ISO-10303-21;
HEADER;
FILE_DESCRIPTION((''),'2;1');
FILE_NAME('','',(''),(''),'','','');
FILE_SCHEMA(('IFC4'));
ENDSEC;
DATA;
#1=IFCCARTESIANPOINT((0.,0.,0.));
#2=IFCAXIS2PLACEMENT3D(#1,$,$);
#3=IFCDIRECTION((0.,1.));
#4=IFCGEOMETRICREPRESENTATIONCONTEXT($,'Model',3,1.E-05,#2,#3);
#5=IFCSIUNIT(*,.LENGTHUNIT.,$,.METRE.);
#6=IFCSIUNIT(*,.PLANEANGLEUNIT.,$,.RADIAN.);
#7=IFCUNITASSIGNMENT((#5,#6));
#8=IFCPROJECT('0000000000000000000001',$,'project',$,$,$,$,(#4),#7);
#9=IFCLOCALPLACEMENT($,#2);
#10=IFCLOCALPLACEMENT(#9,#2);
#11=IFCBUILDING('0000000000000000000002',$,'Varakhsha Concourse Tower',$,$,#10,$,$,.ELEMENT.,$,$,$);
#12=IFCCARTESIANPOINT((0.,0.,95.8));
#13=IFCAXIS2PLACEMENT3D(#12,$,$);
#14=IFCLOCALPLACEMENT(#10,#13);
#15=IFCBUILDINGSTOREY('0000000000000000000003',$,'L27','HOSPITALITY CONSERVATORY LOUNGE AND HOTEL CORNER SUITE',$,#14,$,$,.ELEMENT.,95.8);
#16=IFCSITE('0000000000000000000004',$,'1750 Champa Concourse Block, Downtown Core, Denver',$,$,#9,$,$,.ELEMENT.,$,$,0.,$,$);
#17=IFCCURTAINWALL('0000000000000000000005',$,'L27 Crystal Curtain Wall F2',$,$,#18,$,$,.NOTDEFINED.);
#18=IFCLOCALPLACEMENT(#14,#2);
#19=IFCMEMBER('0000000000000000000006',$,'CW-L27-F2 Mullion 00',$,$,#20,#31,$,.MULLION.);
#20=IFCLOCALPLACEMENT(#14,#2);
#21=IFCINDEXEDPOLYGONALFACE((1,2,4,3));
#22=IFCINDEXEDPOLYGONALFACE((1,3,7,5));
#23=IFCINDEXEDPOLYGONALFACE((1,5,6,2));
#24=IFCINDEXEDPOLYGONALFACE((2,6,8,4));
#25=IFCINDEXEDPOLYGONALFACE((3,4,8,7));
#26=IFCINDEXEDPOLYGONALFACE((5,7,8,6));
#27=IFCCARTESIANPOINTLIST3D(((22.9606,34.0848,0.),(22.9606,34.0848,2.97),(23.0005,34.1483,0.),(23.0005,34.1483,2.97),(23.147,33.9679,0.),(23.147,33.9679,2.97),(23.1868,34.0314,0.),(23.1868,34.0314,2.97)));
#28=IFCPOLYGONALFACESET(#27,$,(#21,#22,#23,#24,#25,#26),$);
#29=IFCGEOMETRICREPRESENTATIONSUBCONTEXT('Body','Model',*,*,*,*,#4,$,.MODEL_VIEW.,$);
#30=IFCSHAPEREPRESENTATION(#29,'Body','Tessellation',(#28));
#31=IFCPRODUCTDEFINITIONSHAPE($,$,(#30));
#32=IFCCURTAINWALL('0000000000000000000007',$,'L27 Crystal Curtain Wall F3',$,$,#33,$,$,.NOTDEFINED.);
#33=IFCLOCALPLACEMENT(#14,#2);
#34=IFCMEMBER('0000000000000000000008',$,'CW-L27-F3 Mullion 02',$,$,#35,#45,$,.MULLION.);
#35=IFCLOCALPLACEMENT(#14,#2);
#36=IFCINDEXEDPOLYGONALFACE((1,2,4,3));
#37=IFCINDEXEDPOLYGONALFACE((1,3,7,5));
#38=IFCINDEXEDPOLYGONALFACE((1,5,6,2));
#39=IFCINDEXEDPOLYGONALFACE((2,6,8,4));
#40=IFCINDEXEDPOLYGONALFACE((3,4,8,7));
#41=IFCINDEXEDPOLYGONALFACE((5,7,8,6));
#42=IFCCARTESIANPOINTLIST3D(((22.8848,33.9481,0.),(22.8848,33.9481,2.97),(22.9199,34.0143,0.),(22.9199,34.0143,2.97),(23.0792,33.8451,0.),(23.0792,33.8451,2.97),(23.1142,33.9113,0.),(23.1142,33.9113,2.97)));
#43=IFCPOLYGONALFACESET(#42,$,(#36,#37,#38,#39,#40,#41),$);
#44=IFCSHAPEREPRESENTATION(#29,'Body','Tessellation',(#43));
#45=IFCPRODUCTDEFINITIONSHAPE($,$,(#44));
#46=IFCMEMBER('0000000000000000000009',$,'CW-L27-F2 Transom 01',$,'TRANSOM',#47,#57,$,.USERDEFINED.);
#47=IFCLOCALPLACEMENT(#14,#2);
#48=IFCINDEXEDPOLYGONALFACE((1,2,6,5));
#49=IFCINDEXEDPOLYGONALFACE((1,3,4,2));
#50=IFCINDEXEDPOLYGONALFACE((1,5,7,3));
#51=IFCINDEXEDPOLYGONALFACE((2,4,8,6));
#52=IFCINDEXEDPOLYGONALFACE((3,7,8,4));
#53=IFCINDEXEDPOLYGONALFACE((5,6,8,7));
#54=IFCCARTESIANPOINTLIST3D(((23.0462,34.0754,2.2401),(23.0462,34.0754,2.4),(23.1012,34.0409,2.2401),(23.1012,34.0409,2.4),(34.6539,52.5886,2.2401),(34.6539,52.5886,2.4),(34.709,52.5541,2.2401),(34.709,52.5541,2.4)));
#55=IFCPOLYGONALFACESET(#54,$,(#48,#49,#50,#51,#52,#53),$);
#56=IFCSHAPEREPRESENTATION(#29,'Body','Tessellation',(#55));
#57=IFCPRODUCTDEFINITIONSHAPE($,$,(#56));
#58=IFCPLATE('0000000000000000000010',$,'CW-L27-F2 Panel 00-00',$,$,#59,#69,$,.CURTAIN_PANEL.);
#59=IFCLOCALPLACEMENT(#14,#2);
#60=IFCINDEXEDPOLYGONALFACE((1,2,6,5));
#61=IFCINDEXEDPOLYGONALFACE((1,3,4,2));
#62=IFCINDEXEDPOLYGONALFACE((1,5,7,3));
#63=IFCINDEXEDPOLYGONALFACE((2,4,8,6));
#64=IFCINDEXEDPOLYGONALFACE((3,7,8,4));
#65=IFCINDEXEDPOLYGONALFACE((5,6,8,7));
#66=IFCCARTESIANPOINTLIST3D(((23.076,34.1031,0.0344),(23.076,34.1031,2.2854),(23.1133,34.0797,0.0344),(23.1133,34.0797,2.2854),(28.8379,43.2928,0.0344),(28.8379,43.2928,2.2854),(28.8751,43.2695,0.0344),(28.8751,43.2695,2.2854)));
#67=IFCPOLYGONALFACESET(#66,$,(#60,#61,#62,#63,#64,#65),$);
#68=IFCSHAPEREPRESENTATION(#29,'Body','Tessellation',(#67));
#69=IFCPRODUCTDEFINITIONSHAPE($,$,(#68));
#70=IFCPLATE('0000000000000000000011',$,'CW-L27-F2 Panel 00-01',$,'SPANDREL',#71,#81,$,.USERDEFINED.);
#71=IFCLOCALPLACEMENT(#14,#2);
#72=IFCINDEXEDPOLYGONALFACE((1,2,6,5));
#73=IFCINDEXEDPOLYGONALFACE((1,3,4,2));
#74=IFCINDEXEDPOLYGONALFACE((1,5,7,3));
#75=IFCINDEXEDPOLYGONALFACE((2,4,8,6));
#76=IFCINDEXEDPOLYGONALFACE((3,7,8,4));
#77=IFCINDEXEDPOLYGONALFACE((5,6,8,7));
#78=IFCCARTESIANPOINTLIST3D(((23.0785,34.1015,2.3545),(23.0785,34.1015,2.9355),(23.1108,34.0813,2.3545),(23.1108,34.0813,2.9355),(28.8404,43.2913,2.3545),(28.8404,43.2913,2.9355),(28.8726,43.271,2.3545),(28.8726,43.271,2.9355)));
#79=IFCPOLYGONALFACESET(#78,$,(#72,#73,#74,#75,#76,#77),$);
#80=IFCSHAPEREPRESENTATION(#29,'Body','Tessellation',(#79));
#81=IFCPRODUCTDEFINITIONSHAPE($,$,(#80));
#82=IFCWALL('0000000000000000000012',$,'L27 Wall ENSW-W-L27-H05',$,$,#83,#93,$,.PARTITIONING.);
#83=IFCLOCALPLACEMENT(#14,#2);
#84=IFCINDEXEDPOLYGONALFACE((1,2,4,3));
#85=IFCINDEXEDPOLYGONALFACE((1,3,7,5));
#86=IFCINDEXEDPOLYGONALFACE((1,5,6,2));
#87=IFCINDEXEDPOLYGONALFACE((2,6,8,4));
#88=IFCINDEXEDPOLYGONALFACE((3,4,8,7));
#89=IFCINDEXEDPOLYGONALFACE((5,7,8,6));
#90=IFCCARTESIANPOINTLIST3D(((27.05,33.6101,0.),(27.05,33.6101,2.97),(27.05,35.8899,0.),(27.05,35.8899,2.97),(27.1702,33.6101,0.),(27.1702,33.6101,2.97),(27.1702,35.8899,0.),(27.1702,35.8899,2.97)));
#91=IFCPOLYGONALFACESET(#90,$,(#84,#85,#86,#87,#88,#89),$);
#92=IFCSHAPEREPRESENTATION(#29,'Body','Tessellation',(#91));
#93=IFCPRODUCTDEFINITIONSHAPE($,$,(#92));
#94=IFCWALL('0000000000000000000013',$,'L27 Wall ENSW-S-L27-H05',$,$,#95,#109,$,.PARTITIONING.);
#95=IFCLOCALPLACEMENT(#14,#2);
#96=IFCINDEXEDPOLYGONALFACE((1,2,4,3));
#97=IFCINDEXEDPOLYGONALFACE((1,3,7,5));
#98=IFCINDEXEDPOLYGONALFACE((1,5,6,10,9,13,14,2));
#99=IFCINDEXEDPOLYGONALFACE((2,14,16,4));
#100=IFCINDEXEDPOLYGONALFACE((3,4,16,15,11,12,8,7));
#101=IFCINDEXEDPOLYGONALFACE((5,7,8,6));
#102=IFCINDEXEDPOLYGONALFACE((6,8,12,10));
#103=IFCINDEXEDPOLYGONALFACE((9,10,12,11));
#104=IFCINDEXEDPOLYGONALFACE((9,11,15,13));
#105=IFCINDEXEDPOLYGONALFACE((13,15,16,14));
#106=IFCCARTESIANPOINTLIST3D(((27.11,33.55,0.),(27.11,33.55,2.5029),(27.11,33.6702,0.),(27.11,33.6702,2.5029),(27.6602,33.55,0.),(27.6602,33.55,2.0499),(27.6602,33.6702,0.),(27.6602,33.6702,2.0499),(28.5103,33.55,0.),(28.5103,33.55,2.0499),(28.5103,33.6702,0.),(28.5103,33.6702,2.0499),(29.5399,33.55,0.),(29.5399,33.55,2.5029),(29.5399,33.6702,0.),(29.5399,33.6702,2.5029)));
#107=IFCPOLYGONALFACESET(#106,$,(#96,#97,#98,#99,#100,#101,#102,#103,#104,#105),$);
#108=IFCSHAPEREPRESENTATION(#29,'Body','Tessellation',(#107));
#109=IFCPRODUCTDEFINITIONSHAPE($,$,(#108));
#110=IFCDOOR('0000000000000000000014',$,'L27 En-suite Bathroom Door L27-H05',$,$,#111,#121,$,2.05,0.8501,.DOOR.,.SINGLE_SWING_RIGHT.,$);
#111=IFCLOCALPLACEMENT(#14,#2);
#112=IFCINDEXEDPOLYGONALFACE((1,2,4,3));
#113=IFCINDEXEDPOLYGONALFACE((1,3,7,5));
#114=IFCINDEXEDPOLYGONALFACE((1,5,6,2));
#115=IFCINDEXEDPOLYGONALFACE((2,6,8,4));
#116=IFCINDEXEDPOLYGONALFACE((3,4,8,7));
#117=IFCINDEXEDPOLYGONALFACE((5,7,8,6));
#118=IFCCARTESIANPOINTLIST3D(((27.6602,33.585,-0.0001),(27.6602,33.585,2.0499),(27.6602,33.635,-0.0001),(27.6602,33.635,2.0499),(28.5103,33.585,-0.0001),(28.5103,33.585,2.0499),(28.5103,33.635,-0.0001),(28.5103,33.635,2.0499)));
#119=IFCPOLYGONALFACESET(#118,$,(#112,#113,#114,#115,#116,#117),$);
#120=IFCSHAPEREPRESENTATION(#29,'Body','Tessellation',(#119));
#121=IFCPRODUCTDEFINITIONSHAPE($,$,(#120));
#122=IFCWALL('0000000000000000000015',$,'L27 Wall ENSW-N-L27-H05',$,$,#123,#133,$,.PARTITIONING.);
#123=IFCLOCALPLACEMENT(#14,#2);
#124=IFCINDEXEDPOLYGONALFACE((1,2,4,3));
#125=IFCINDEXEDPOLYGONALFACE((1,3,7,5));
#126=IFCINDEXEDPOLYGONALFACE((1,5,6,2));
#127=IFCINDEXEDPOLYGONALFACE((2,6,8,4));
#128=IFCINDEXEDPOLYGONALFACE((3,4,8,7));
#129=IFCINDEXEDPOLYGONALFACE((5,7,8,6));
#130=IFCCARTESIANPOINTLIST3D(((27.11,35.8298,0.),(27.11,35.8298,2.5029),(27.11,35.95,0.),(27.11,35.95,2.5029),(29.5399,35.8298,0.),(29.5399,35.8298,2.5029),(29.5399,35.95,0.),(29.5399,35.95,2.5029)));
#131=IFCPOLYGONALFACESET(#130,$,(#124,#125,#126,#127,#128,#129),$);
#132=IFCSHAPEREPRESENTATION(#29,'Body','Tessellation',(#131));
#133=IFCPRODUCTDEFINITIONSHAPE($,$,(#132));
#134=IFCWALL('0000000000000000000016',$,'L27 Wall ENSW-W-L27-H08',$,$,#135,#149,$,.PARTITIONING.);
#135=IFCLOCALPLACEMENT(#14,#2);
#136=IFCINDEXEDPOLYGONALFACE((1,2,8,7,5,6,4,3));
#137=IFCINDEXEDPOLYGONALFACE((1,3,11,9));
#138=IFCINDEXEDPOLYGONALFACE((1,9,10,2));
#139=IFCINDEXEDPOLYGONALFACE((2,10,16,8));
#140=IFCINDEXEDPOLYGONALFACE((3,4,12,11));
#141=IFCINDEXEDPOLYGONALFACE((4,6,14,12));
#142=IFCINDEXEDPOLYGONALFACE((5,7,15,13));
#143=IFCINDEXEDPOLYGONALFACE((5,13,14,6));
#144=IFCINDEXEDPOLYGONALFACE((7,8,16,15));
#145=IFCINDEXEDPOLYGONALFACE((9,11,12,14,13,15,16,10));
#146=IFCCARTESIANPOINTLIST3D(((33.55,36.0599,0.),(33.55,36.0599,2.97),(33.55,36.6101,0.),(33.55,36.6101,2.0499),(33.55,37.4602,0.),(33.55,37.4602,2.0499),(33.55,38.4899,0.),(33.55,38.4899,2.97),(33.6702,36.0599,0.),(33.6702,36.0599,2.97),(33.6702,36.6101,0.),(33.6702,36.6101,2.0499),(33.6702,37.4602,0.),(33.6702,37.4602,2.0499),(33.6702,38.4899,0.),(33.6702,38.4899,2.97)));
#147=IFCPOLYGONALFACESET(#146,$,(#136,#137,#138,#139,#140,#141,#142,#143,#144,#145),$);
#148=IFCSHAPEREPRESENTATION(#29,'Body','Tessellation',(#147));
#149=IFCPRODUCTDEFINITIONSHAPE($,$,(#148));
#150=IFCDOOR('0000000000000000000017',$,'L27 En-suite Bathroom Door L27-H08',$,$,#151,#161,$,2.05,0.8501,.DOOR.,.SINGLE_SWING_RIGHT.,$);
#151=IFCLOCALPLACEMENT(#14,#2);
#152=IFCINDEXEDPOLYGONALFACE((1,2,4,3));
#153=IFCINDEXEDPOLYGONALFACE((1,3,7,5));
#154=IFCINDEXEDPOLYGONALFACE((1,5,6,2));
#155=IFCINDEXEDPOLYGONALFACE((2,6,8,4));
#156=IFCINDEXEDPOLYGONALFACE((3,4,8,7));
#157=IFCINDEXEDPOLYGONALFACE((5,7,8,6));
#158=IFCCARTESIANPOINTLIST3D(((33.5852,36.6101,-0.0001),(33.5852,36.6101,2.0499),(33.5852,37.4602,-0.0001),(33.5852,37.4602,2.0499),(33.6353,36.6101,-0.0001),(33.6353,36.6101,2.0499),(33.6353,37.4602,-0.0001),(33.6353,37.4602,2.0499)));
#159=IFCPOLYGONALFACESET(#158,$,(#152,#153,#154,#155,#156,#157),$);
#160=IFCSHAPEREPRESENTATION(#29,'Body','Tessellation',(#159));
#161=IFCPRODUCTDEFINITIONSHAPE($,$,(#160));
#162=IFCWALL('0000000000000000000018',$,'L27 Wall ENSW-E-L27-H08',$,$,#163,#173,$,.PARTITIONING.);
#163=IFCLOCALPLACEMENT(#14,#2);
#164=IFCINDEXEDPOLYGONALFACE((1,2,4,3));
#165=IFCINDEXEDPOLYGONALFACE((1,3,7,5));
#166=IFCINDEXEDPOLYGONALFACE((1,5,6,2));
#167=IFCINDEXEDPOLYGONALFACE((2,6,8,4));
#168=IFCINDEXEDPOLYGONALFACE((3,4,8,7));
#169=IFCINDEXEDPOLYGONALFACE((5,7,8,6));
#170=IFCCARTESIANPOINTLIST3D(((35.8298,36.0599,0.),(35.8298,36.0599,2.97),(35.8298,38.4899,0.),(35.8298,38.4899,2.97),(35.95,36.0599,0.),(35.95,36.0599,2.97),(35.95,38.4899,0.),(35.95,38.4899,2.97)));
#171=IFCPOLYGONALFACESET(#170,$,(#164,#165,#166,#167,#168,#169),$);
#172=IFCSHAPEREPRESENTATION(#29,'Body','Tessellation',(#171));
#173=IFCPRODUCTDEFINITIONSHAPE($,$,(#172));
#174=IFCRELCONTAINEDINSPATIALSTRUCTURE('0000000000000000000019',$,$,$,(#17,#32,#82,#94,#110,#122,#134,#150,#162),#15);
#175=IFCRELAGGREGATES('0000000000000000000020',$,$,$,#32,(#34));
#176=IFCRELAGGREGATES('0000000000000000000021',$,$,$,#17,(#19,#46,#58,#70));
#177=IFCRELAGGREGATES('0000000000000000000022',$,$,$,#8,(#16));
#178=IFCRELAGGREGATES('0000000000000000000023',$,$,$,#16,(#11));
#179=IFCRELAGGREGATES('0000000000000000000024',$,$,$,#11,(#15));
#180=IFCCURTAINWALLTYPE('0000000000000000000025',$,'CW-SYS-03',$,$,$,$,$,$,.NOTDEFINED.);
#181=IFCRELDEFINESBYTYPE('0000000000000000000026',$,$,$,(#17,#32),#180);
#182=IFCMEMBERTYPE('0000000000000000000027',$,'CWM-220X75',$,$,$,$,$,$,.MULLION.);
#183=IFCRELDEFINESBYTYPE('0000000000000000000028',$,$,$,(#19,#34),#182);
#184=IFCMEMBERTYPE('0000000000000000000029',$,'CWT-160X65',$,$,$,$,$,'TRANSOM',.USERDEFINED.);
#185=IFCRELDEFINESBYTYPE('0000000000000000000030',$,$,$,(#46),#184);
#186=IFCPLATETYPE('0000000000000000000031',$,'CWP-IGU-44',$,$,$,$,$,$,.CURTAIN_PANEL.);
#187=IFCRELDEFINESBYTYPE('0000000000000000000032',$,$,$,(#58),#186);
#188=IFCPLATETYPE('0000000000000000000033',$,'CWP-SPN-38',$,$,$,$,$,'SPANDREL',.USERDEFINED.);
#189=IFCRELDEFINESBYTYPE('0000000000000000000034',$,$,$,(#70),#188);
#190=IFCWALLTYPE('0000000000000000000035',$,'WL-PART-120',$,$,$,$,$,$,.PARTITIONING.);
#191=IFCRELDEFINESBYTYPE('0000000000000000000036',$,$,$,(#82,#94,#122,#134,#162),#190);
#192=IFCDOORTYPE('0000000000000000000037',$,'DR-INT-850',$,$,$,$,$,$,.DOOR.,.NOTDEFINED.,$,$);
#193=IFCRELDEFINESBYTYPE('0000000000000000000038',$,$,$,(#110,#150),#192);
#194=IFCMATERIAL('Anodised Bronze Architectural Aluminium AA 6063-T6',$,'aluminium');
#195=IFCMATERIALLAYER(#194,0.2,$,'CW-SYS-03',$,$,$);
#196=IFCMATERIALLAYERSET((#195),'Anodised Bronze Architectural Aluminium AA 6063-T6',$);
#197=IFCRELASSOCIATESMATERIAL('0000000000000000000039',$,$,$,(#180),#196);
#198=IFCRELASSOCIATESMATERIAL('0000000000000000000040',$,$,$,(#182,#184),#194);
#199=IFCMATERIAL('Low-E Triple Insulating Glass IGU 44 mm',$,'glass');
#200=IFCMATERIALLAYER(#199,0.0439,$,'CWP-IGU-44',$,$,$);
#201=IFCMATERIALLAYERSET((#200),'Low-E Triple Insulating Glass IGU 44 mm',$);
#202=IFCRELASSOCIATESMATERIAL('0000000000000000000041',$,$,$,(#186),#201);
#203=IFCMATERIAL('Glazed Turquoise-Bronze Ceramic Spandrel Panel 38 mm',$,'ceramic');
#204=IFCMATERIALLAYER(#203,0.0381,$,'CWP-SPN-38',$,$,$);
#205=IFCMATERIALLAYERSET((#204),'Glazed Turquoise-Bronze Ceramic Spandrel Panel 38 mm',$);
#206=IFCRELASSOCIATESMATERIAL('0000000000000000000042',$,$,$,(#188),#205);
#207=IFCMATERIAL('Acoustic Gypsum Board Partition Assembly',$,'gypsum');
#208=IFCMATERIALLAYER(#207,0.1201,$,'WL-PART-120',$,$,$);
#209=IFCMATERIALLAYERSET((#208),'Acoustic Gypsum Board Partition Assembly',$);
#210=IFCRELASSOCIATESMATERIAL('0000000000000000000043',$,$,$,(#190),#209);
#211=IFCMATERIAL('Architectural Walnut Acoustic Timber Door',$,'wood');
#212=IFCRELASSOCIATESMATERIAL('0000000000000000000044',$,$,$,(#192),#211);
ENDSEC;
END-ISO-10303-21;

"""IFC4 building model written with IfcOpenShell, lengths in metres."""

from ifc_helpers import new_model, si_unit, direction, frame, frame_2d, origin, origin_2d, place, context, subcontext, project, spatial, rectangle, extrude, source, transform, mapped, material, layer, layer_set, material_profile, profile_set, type_object, type_shapes, element, fill, aggregate, save


model = new_model("IFC4")

# Units and contexts
model_context = context("Model", 3, precision=1e-05, world=origin(), true_north=direction((0.0, 1.0)))
body_context = subcontext(model_context, "Body", "Model", "MODEL_VIEW")
ifc_project = project(units=[si_unit("LENGTHUNIT", "METRE"), si_unit("PLANEANGLEUNIT", "RADIAN")], contexts=[model_context])

# Site, building, storey
site_placement = place(None, origin())
site = spatial("IfcSite", under=ifc_project, at=site_placement, Name="1750 Champa Concourse Block, Downtown Core, Denver", CompositionType="ELEMENT", RefElevation=0.0)
building_placement = place(site_placement, origin())
building = spatial("IfcBuilding", under=site, at=building_placement, Name="Varakhsha Concourse Tower", CompositionType="ELEMENT")
storey_placement = place(building_placement, frame((0.0, 0.0, 95.8)))
storey = spatial("IfcBuildingStorey", under=building, at=storey_placement, Name="L27", Description="HOSPITALITY CONSERVATORY LOUNGE AND HOTEL CORNER SUITE", CompositionType="ELEMENT", Elevation=95.8)

# Curtain walls, members
ifc_material_1 = material(Name="Anodised Bronze Architectural Aluminium AA 6063-T6", Category="aluminium")
ifc_layer_1 = layer(ifc_material_1, 0.2, Name="CW-SYS-03")
ifc_layer_set_1 = layer_set([ifc_layer_1], Name="Anodised Bronze Architectural Aluminium AA 6063-T6")
curtain_wall_type = type_object("IfcCurtainWallType", Name="CW-SYS-03", PredefinedType="NOTDEFINED", material=ifc_layer_set_1)
curtain_wall_1_placement = place(storey_placement, origin())
curtain_wall_1 = element("IfcCurtainWall", 1, at=curtain_wall_1_placement, inside=storey, type_object=curtain_wall_type, Name="L27 Crystal Curtain Wall F2", PredefinedType="NOTDEFINED")
ifc_material_profile_1 = material_profile(ifc_material_1, rectangle(XDim=0.075, YDim=0.22, at=origin_2d()), Name="CWM-220X75")
ifc_profile_set_1 = profile_set([ifc_material_profile_1], Name="Anodised Bronze Architectural Aluminium AA 6063-T6")
member_type_1 = type_object("IfcMemberType", Name="CWM-220X75", PredefinedType="MULLION", material=ifc_profile_set_1)
shared_shape_1 = source(origin(), body_context, "Body", "SweptSolid", [
    extrude(rectangle(XDim=0.075, YDim=0.22, at=origin_2d()), origin(), (0.0, 0.0, 1.0), 2.97),
])
type_shapes(member_type_1, [shared_shape_1])
member_1_placement = place(storey_placement, frame((23.0737, 34.0581, 0.0), z_axis=(0.0, 0.0, 1.0), x_axis=(0.531209, 0.847241, 0.0)))
member_1 = element("IfcMember", 2, at=member_1_placement, type_object=member_type_1, Name="CW-L27-F2 Mullion 00", PredefinedType="MULLION", context=body_context, shape_type="MappedRepresentation", body=[
    mapped(shared_shape_1, transform((0.0, 0.0, 0.0), scale=1.0)),
])
curtain_wall_2_placement = place(storey_placement, origin())
curtain_wall_2 = element("IfcCurtainWall", 3, at=curtain_wall_2_placement, inside=storey, type_object=curtain_wall_type, Name="L27 Crystal Curtain Wall F3", PredefinedType="NOTDEFINED")
member_2_placement = place(storey_placement, frame((22.9995, 33.9297, 0.0), z_axis=(0.0, 0.0, 1.0), x_axis=(0.468124, 0.883663, 0.0)))
member_2 = element("IfcMember", 4, at=member_2_placement, type_object=member_type_1, Name="CW-L27-F3 Mullion 02", PredefinedType="MULLION", context=body_context, shape_type="MappedRepresentation", body=[
    mapped(shared_shape_1, transform((0.0, 0.0, 0.0), scale=1.0)),
])
aggregate(curtain_wall_2, [member_2])

# Member
ifc_material_profile_2 = material_profile(ifc_material_1, rectangle(XDim=0.0649, YDim=0.1599, at=origin_2d()), Name="CWT-160X65")
ifc_profile_set_2 = profile_set([ifc_material_profile_2], Name="Anodised Bronze Architectural Aluminium AA 6063-T6")
member_type_2 = type_object("IfcMemberType", Name="CWT-160X65", ElementType="TRANSOM", PredefinedType="USERDEFINED", material=ifc_profile_set_2)
shared_shape_2 = source(origin(), body_context, "Body", "SweptSolid", [
    extrude(rectangle(XDim=0.0649, YDim=0.1599, at=origin_2d()), origin(), (0.0, 0.0, 1.0), 21.8513),
])
type_shapes(member_type_2, [shared_shape_2])
member_3_placement = place(storey_placement, frame((23.0737, 34.0581, 2.3201), z_axis=(0.531214, 0.847238, 0.0), x_axis=(-0.847238, 0.531214, 0.0)))
member_3 = element("IfcMember", 5, at=member_3_placement, type_object=member_type_2, Name="CW-L27-F2 Transom 01", ObjectType="TRANSOM", PredefinedType="USERDEFINED", context=body_context, shape_type="MappedRepresentation", body=[
    mapped(shared_shape_2, transform((0.0, 0.0, 0.0), scale=1.0)),
])

# Plates
ifc_material_2 = material(Name="Low-E Triple Insulating Glass IGU 44 mm", Category="glass")
ifc_layer_2 = layer(ifc_material_2, 0.0439, Name="CWP-IGU-44")
ifc_layer_set_2 = layer_set([ifc_layer_2], Name="Low-E Triple Insulating Glass IGU 44 mm")
plate_type_1 = type_object("IfcPlateType", Name="CWP-IGU-44", PredefinedType="CURTAIN_PANEL", material=ifc_layer_set_2)
shared_shape_3 = source(origin(), body_context, "Body", "SweptSolid", [
    extrude(rectangle(XDim=10.8467, YDim=0.0439, at=origin_2d()), origin(), (0.0, 0.0, 1.0), 2.251),
])
type_shapes(plate_type_1, [shared_shape_3])
plate_1_placement = place(storey_placement, frame((25.9756, 38.6863, 0.0344), z_axis=(0.0, 0.0, 1.0), x_axis=(0.531209, 0.847241, 0.0)))
plate_1 = element("IfcPlate", 6, at=plate_1_placement, type_object=plate_type_1, Name="CW-L27-F2 Panel 00-00", PredefinedType="CURTAIN_PANEL", context=body_context, shape_type="MappedRepresentation", body=[
    mapped(shared_shape_3, transform((0.0, 0.0, 0.0), scale=1.0)),
])
ifc_material_3 = material(Name="Glazed Turquoise-Bronze Ceramic Spandrel Panel 38 mm", Category="ceramic")
ifc_layer_3 = layer(ifc_material_3, 0.0381, Name="CWP-SPN-38")
ifc_layer_set_3 = layer_set([ifc_layer_3], Name="Glazed Turquoise-Bronze Ceramic Spandrel Panel 38 mm")
plate_type_2 = type_object("IfcPlateType", Name="CWP-SPN-38", ElementType="SPANDREL", PredefinedType="USERDEFINED", material=ifc_layer_set_3)
shared_shape_4 = source(origin(), body_context, "Body", "SweptSolid", [
    extrude(rectangle(XDim=10.8467, YDim=0.0381, at=origin_2d()), origin(), (0.0, 0.0, 1.0), 0.5811),
])
type_shapes(plate_type_2, [shared_shape_4])
plate_2_placement = place(storey_placement, frame((25.9756, 38.6863, 2.3545), z_axis=(0.0, 0.0, 1.0), x_axis=(0.531209, 0.847241, 0.0)))
plate_2 = element("IfcPlate", 7, at=plate_2_placement, type_object=plate_type_2, Name="CW-L27-F2 Panel 00-01", ObjectType="SPANDREL", PredefinedType="USERDEFINED", context=body_context, shape_type="MappedRepresentation", body=[
    mapped(shared_shape_4, transform((0.0, 0.0, 0.0), scale=1.0)),
])
aggregate(curtain_wall_1, [member_1, member_3, plate_1, plate_2])

# Wall
ifc_material_4 = material(Name="Acoustic Gypsum Board Partition Assembly", Category="gypsum")
ifc_layer_4 = layer(ifc_material_4, 0.1201, Name="WL-PART-120")
ifc_layer_set_4 = layer_set([ifc_layer_4], Name="Acoustic Gypsum Board Partition Assembly")
wall_type_1 = type_object("IfcWallType", Name="WL-PART-120", PredefinedType="PARTITIONING", material=ifc_layer_set_4)
wall_1_placement = place(storey_placement, frame((27.1101, 33.6101, 0.0), z_axis=(0.0, 0.0, 1.0), x_axis=(0.0, 1.0, 0.0)))
element("IfcWall", 8, at=wall_1_placement, inside=storey, type_object=wall_type_1, Name="L27 Wall ENSW-W-L27-H05", PredefinedType="PARTITIONING", context=body_context, shape_type="SweptSolid", body=[
    extrude(rectangle(XDim=2.2798, YDim=0.1201, at=frame_2d((1.1399, 0.0))), origin(), (0.0, 0.0, 1.0), 2.97),
])

# Wall, opening, door
wall_2_placement = place(storey_placement, frame((27.1101, 33.6101, 0.0), z_axis=(0.0, 0.0, 1.0), x_axis=(1.0, 0.0, 0.0)))
wall_2 = element("IfcWall", 9, at=wall_2_placement, inside=storey, type_object=wall_type_1, Name="L27 Wall ENSW-S-L27-H05", PredefinedType="PARTITIONING", context=body_context, shape_type="SweptSolid", body=[
    extrude(rectangle(XDim=2.4299, YDim=0.1201, at=frame_2d((1.2148, 0.0))), origin(), (0.0, 0.0, 1.0), 2.5029),
])
opening_1_placement = place(wall_2_placement, frame((0.55, 0.0, 0.0)))
opening_1 = element("IfcOpeningElement", 10, at=opening_1_placement, cuts=wall_2, PredefinedType="OPENING", context=body_context, shape_type="SweptSolid", body=[
    extrude(rectangle(XDim=0.8501, YDim=2.05, at=frame_2d((0.425, 1.0249))), frame((0.0, 0.0701, 0.0), z_axis=(0.0, -1.0, 0.0), x_axis=(1.0, 0.0, 0.0)), (0.0, 0.0, 1.0), 0.1401),
])
ifc_material_5 = material(Name="Architectural Walnut Acoustic Timber Door", Category="wood")
door_type_1 = type_object("IfcDoorType", Name="DR-INT-850", OperationType="NOTDEFINED", PredefinedType="DOOR", material=ifc_material_5)
door_1_placement = place(opening_1_placement, origin())
door_1 = element("IfcDoor", 11, at=door_1_placement, inside=storey, type_object=door_type_1, Name="L27 En-suite Bathroom Door L27-H05", OperationType="SINGLE_SWING_RIGHT", OverallHeight=2.05, OverallWidth=0.8501, PredefinedType="DOOR", context=body_context, shape_type="SweptSolid", body=[
    extrude(rectangle(XDim=0.8501, YDim=2.05, at=frame_2d((0.425, 1.0249))), frame((0.0, 0.0249, 0.0), z_axis=(0.0, -1.0, 0.0), x_axis=(1.0, 0.0, 0.0)), (0.0, 0.0, 1.0), 0.05),
])
fill(opening_1, door_1)

# Wall
wall_3_placement = place(storey_placement, frame((27.1101, 35.8899, 0.0), z_axis=(0.0, 0.0, 1.0), x_axis=(1.0, 0.0, 0.0)))
element("IfcWall", 12, at=wall_3_placement, inside=storey, type_object=wall_type_1, Name="L27 Wall ENSW-N-L27-H05", PredefinedType="PARTITIONING", context=body_context, shape_type="SweptSolid", body=[
    extrude(rectangle(XDim=2.4299, YDim=0.1201, at=frame_2d((1.2148, 0.0))), origin(), (0.0, 0.0, 1.0), 2.5029),
])

# Wall, opening, door
wall_4_placement = place(storey_placement, frame((33.6101, 36.0601, 0.0), z_axis=(0.0, 0.0, 1.0), x_axis=(0.0, 1.0, 0.0)))
wall_4 = element("IfcWall", 13, at=wall_4_placement, inside=storey, type_object=wall_type_1, Name="L27 Wall ENSW-W-L27-H08", PredefinedType="PARTITIONING", context=body_context, shape_type="SweptSolid", body=[
    extrude(rectangle(XDim=2.4299, YDim=0.1201, at=frame_2d((1.2148, 0.0))), origin(), (0.0, 0.0, 1.0), 2.97),
])
opening_2_placement = place(wall_4_placement, frame((0.55, 0.0, 0.0)))
opening_2 = element("IfcOpeningElement", 14, at=opening_2_placement, cuts=wall_4, PredefinedType="OPENING", context=body_context, shape_type="SweptSolid", body=[
    extrude(rectangle(XDim=0.8501, YDim=2.05, at=frame_2d((0.425, 1.0249))), frame((0.0, 0.0701, 0.0), z_axis=(0.0, -1.0, 0.0), x_axis=(1.0, 0.0, 0.0)), (0.0, 0.0, 1.0), 0.1401),
])
door_2_placement = place(opening_2_placement, origin())
door_2 = element("IfcDoor", 15, at=door_2_placement, inside=storey, type_object=door_type_1, Name="L27 En-suite Bathroom Door L27-H08", OperationType="SINGLE_SWING_RIGHT", OverallHeight=2.05, OverallWidth=0.8501, PredefinedType="DOOR", context=body_context, shape_type="SweptSolid", body=[
    extrude(rectangle(XDim=0.8501, YDim=2.05, at=frame_2d((0.425, 1.0249))), frame((0.0, 0.0249, 0.0), z_axis=(0.0, -1.0, 0.0), x_axis=(1.0, 0.0, 0.0)), (0.0, 0.0, 1.0), 0.05),
])
fill(opening_2, door_2)

# Wall
wall_5_placement = place(storey_placement, frame((35.8899, 36.0601, 0.0), z_axis=(0.0, 0.0, 1.0), x_axis=(0.0, 1.0, 0.0)))
element("IfcWall", 16, at=wall_5_placement, inside=storey, type_object=wall_type_1, Name="L27 Wall ENSW-E-L27-H08", PredefinedType="PARTITIONING", context=body_context, shape_type="SweptSolid", body=[
    extrude(rectangle(XDim=2.4299, YDim=0.1201, at=frame_2d((1.2148, 0.0))), origin(), (0.0, 0.0, 1.0), 2.97),
])

save(model, "model.ifc")
